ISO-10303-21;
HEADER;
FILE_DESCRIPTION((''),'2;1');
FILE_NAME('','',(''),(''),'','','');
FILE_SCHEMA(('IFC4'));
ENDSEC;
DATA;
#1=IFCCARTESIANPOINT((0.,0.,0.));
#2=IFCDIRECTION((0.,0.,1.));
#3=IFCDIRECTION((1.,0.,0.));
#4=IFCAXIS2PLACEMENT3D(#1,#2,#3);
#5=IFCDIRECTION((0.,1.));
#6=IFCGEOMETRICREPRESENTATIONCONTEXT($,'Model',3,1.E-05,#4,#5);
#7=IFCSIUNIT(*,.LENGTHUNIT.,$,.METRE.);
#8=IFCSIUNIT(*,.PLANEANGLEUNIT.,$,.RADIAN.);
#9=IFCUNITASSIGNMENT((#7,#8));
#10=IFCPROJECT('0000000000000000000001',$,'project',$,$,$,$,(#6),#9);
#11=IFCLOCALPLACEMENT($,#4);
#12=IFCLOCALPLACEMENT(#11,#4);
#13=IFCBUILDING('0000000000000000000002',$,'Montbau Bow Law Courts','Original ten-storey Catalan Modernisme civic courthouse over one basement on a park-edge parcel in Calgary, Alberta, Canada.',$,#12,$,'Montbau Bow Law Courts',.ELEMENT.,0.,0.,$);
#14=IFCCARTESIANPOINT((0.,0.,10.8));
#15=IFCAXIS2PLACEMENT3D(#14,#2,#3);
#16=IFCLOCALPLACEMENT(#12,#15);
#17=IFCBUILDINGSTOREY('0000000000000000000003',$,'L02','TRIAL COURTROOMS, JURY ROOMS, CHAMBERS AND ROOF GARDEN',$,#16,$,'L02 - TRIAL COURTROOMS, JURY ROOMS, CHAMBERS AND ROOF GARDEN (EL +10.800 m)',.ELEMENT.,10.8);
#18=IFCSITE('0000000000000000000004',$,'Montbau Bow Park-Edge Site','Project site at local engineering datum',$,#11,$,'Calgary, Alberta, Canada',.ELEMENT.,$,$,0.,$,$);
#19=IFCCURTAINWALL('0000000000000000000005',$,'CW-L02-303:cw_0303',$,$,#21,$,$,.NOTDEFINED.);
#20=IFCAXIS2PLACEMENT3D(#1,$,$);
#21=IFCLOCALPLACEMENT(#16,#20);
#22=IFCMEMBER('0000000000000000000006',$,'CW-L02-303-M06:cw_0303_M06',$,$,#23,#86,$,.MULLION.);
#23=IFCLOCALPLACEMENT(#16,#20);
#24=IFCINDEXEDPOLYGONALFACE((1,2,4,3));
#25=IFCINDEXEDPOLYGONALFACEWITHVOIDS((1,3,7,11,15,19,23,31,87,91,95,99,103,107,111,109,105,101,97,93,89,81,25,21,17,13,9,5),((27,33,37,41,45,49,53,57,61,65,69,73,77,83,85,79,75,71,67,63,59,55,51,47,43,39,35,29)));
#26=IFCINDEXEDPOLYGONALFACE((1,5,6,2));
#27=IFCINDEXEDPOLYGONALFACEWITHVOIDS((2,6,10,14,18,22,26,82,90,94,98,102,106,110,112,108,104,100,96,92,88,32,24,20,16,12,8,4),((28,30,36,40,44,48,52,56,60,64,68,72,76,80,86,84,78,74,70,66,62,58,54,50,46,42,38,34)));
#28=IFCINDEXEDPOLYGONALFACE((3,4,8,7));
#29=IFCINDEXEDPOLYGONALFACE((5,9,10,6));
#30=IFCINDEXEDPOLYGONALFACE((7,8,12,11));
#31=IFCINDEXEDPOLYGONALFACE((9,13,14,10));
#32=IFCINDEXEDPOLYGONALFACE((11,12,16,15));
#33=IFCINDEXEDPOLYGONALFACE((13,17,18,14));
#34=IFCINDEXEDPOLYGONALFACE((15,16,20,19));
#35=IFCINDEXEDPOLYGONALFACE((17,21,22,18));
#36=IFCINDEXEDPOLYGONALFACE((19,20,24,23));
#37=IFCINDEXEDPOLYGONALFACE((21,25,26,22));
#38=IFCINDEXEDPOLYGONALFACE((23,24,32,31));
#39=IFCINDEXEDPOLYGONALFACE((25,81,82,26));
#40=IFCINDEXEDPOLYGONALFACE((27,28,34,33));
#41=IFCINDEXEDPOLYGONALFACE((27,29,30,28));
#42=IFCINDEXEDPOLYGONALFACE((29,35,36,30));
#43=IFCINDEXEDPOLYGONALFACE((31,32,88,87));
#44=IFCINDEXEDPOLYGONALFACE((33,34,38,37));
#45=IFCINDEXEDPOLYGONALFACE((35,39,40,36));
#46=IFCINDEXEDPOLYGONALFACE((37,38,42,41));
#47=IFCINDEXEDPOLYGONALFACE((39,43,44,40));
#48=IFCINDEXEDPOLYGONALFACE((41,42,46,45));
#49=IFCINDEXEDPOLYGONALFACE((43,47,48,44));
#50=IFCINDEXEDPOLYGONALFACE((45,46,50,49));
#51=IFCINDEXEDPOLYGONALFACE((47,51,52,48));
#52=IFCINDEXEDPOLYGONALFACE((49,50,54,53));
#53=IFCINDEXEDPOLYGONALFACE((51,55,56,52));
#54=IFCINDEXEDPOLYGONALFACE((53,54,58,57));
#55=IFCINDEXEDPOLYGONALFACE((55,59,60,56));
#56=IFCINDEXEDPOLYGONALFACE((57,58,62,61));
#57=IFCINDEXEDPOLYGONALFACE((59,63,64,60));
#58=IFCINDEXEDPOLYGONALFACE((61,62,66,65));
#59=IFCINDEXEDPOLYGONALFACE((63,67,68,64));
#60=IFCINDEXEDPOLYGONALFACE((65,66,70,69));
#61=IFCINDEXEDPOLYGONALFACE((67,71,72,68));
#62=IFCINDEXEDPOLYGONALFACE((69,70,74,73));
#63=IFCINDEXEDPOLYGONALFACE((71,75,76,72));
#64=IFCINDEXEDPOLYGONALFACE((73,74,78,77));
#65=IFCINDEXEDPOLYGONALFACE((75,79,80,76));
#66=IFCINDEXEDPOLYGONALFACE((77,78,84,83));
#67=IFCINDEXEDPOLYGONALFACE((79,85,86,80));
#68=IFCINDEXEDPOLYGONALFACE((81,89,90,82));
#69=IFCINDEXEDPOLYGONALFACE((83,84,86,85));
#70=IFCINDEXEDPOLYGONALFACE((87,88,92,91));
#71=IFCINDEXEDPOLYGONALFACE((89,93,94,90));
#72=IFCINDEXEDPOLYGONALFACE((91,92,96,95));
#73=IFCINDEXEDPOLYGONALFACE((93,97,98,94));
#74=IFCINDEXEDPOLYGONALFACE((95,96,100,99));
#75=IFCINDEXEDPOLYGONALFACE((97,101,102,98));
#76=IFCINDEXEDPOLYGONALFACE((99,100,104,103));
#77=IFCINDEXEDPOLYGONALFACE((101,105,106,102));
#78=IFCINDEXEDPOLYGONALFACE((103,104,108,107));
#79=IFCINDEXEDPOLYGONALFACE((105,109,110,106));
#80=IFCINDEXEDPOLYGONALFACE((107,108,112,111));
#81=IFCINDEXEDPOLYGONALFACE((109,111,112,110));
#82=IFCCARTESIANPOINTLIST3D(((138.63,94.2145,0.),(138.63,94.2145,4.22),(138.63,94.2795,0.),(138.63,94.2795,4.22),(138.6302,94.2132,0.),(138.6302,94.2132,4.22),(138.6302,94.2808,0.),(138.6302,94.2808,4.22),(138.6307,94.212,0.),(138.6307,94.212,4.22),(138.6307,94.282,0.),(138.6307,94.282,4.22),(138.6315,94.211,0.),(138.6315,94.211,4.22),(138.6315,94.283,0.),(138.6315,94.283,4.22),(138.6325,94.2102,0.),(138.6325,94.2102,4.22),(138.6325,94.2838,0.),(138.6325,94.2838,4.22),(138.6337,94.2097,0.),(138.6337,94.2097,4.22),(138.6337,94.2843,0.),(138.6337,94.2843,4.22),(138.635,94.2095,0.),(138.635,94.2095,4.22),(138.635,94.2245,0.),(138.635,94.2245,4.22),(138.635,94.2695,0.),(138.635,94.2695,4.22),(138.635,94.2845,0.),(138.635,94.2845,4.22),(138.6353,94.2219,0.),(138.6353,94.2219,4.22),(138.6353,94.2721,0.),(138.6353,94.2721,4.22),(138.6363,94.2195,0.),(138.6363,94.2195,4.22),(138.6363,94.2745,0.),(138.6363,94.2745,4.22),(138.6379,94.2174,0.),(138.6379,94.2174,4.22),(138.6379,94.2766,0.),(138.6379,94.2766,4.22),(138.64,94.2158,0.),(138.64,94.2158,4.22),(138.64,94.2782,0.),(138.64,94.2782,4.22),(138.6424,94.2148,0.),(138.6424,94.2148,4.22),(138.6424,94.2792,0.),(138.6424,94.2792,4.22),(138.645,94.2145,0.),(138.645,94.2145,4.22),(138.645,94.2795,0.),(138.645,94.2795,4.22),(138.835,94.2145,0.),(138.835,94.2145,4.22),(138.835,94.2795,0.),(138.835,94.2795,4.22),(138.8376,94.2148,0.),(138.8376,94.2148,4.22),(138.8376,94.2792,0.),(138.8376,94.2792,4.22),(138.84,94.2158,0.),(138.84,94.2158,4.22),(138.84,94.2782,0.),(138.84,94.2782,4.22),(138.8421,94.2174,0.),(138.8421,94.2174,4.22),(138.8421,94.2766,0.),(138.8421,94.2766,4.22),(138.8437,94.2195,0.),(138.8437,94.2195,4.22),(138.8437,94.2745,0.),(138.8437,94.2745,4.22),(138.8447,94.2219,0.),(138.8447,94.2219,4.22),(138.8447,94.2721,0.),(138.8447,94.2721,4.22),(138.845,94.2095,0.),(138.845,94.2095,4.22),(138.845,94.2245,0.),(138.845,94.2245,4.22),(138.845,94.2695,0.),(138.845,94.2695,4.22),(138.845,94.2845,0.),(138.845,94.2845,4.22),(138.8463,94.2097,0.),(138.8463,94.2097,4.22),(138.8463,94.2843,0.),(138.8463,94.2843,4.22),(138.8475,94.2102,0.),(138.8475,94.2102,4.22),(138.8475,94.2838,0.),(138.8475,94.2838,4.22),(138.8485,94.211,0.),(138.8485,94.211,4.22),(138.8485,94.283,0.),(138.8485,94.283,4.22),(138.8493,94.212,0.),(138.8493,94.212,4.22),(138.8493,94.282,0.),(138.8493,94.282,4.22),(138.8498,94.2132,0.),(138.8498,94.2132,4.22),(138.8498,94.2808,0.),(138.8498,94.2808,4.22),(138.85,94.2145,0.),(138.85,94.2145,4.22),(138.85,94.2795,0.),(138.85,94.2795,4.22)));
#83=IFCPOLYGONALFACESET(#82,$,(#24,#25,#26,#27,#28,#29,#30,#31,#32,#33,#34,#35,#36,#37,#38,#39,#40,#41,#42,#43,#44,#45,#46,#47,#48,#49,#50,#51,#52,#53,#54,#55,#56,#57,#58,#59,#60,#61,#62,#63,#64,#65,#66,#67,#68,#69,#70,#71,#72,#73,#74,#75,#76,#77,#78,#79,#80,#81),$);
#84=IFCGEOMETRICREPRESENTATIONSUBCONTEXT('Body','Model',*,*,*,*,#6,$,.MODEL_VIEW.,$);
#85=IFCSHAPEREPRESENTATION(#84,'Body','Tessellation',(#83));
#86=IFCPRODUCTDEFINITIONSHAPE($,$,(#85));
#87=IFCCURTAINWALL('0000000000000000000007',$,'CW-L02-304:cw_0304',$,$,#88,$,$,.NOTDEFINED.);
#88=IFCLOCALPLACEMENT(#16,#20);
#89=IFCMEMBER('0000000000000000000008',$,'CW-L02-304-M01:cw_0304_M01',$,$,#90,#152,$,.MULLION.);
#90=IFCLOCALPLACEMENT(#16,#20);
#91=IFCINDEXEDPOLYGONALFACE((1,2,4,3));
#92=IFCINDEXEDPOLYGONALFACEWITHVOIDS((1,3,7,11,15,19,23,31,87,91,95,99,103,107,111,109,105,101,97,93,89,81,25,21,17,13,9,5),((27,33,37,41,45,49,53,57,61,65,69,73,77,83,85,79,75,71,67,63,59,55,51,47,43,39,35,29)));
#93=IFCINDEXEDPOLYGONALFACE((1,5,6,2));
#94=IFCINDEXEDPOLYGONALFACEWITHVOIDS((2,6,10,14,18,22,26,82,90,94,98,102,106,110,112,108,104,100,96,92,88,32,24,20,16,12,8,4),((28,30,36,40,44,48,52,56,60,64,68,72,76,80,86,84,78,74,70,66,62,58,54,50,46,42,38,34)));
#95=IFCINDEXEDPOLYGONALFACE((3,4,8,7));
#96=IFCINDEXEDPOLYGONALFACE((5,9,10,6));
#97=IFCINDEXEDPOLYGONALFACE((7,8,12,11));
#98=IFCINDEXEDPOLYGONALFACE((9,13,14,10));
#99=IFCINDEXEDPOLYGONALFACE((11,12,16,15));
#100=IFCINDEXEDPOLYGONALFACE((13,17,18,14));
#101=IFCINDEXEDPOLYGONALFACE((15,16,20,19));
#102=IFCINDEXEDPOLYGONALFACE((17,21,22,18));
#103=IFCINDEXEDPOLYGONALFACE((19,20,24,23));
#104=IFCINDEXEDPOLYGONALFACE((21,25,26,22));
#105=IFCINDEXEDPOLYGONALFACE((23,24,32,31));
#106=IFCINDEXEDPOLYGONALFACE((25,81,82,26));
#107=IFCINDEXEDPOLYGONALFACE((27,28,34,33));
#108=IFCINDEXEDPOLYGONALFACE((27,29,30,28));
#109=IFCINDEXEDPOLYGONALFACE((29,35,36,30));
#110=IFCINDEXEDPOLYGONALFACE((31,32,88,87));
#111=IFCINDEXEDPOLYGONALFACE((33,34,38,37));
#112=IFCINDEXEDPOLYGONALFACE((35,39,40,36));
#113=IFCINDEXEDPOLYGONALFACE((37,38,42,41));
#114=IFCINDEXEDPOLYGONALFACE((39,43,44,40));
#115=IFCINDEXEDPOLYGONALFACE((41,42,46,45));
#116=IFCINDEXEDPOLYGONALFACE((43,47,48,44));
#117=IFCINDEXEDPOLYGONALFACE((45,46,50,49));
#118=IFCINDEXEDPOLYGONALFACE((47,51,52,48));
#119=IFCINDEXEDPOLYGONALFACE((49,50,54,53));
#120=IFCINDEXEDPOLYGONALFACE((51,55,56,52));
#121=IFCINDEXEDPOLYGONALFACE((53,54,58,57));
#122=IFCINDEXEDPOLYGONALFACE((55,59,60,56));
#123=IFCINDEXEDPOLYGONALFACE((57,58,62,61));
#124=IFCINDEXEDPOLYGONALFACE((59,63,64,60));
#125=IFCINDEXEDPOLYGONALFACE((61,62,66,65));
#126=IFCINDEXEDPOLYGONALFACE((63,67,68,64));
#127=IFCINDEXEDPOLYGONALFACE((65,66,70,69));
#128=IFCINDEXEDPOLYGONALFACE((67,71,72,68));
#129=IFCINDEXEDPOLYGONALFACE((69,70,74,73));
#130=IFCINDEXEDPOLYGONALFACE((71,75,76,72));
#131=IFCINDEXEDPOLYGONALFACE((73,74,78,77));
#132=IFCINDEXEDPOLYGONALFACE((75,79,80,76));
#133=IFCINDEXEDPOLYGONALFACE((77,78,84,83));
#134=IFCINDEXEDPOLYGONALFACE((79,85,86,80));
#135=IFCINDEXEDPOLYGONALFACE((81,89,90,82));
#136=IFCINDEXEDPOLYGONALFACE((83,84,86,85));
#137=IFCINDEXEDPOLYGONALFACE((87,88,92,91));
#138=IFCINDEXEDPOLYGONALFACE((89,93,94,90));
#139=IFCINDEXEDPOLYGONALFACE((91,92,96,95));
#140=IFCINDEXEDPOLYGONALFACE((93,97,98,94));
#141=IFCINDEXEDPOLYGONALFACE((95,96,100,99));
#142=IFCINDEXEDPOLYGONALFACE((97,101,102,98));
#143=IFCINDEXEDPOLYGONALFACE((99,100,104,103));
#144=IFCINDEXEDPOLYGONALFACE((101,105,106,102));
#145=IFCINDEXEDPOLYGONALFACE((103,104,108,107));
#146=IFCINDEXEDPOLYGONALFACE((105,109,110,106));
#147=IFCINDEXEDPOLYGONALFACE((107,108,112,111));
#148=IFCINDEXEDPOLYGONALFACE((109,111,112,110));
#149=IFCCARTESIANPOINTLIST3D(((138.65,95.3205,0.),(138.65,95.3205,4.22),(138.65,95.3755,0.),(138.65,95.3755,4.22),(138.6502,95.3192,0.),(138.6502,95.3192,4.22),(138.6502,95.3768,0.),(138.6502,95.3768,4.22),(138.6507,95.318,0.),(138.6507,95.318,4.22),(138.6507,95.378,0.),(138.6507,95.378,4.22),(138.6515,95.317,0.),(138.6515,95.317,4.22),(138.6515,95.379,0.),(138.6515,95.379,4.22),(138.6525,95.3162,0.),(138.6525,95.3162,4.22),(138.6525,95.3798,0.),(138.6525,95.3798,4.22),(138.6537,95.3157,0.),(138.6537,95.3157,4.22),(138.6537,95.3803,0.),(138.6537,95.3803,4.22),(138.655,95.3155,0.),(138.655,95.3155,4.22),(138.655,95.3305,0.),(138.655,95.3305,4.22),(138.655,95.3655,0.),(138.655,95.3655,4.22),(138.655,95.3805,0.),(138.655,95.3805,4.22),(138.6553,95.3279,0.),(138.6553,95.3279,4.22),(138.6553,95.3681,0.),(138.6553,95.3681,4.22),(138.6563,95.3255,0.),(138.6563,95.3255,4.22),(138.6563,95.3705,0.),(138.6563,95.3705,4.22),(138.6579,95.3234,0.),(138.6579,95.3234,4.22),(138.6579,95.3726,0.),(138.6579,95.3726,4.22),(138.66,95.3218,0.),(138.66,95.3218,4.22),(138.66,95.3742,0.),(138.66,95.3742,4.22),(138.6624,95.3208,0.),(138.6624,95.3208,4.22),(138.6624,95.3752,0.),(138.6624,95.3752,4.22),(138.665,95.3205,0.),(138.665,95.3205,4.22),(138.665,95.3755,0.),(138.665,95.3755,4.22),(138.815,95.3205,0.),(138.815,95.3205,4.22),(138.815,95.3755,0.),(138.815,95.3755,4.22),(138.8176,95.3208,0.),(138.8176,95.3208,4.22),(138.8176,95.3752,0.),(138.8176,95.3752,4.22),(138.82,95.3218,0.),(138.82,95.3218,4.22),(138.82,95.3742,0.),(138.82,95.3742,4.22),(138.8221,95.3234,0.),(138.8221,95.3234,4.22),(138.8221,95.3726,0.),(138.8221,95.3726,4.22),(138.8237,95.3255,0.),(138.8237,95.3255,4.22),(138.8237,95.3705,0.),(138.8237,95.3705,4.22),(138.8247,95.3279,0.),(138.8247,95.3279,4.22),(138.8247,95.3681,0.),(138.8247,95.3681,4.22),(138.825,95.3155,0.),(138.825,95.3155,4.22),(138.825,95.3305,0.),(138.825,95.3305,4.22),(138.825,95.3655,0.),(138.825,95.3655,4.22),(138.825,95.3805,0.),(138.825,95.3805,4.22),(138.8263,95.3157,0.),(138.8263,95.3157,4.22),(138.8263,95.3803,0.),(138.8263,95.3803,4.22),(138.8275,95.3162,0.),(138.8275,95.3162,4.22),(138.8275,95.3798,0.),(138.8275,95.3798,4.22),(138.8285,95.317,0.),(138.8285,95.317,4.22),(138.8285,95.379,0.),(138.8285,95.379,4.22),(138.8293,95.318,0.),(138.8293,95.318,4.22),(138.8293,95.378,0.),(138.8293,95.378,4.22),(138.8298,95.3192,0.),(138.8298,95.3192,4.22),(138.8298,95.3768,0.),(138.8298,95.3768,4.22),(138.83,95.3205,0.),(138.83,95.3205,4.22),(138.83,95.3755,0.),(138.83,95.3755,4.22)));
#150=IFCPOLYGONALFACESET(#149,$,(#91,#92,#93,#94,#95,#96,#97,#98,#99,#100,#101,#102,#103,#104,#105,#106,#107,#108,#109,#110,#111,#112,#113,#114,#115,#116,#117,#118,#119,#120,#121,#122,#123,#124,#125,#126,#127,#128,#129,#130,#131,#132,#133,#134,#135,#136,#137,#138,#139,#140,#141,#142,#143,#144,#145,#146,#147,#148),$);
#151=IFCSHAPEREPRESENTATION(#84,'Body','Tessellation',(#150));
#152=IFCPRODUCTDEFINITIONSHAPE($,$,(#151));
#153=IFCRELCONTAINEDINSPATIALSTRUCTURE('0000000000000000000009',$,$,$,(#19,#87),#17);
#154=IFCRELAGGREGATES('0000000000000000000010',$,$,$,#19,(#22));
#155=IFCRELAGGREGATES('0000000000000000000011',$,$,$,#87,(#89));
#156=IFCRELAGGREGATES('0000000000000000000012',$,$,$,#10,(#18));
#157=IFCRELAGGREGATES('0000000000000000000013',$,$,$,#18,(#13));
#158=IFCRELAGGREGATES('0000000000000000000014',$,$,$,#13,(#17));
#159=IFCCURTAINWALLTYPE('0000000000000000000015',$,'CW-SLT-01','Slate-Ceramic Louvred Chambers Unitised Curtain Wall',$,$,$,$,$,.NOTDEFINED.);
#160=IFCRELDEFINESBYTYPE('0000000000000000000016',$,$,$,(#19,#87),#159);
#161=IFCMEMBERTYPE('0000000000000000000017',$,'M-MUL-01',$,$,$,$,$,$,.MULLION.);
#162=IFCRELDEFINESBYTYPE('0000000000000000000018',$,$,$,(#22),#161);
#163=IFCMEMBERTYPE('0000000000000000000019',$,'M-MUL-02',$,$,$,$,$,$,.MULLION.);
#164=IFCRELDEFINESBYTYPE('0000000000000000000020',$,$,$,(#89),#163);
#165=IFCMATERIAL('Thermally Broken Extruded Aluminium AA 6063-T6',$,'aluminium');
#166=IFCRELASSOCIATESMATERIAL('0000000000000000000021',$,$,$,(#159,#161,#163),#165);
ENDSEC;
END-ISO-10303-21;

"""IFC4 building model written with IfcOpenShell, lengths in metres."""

from ifc_helpers import new_model, si_unit, direction, frame, origin_with_axes, origin_2d_with_axis, place, context, subcontext, project, spatial, hollow_rectangle, extrude, material, material_profile, profile_set, type_object, element, aggregate, save


model = new_model("IFC4")

# Units and contexts
model_context = context("Model", 3, precision=1e-05, world=origin_with_axes(), true_north=direction((0.0, 1.0)))
body_context = subcontext(model_context, "Body", "Model", "MODEL_VIEW")
ifc_project = project(units=[si_unit("LENGTHUNIT", "METRE"), si_unit("PLANEANGLEUNIT", "RADIAN")], contexts=[model_context])

# Site, building, storey
site_placement = place(None, origin_with_axes())
site = spatial("IfcSite", under=ifc_project, at=site_placement, Name="Montbau Bow Park-Edge Site", Description="Project site at local engineering datum", LongName="Calgary, Alberta, Canada", CompositionType="ELEMENT", RefElevation=0.0)
building_placement = place(site_placement, origin_with_axes())
building = spatial("IfcBuilding", under=site, at=building_placement, Name="Montbau Bow Law Courts", Description="Original ten-storey Catalan Modernisme civic courthouse over one basement on a park-edge parcel in Calgary, Alberta, Canada.", LongName="Montbau Bow Law Courts", CompositionType="ELEMENT", ElevationOfRefHeight=0.0, ElevationOfTerrain=0.0)
storey_placement = place(building_placement, frame((0.0, 0.0, 10.8), z_axis=(0.0, 0.0, 1.0), x_axis=(1.0, 0.0, 0.0)))
storey = spatial("IfcBuildingStorey", under=building, at=storey_placement, Name="L02", Description="TRIAL COURTROOMS, JURY ROOMS, CHAMBERS AND ROOF GARDEN", LongName="L02 - TRIAL COURTROOMS, JURY ROOMS, CHAMBERS AND ROOF GARDEN (EL +10.800 m)", CompositionType="ELEMENT", Elevation=10.8)

# Curtain walls, members
ifc_material_1 = material(Name="Thermally Broken Extruded Aluminium AA 6063-T6", Category="aluminium")
curtain_wall_type = type_object("IfcCurtainWallType", Name="CW-SLT-01", Description="Slate-Ceramic Louvred Chambers Unitised Curtain Wall", PredefinedType="NOTDEFINED", material=ifc_material_1)
curtain_wall_1_placement = place(None, frame((138.74, 86.915, 10.8), z_axis=(0.0, 0.0, 1.0), x_axis=(1.0, 0.0, 0.0)))
curtain_wall_1 = element("IfcCurtainWall", 1, at=curtain_wall_1_placement, inside=storey, type_object=curtain_wall_type, Name="CW-L02-303:cw_0303", PredefinedType="NOTDEFINED")
ifc_material_profile_1 = material_profile(ifc_material_1, hollow_rectangle(XDim=0.075, YDim=0.22, WallThickness=0.005, InnerFilletRadius=0.01, OuterFilletRadius=0.005, at=origin_2d_with_axis()), Name="CWM-220X75", Category="Main", Priority=0)
ifc_profile_set_1 = profile_set([ifc_material_profile_1], Name="Thermally Broken Extruded Aluminium AA 6063-T6")
member_type_1 = type_object("IfcMemberType", Name="M-MUL-01", PredefinedType="MULLION", material=ifc_profile_set_1)
member_1_placement = place(None, frame((138.74, 94.247, 10.8), z_axis=(0.0, 0.0, 1.0), x_axis=(0.0, 1.0, 0.0)))
member_1 = element("IfcMember", 2, at=member_1_placement, type_object=member_type_1, Name="CW-L02-303-M06:cw_0303_M06", PredefinedType="MULLION", context=body_context, shape_type="SweptSolid", body=[
    extrude(hollow_rectangle(XDim=0.075, YDim=0.22, WallThickness=0.005, InnerFilletRadius=0.01, OuterFilletRadius=0.005, at=origin_2d_with_axis()), origin_with_axes(), (0.0, 0.0, 1.0), 4.22),
])
curtain_wall_2_placement = place(None, frame((138.74, 95.315, 10.8), z_axis=(0.0, 0.0, 1.0), x_axis=(1.0, 0.0, 0.0)))
curtain_wall_2 = element("IfcCurtainWall", 3, at=curtain_wall_2_placement, inside=storey, type_object=curtain_wall_type, Name="CW-L02-304:cw_0304", PredefinedType="NOTDEFINED")
ifc_material_profile_2 = material_profile(ifc_material_1, hollow_rectangle(XDim=0.065, YDim=0.18, WallThickness=0.005, InnerFilletRadius=0.01, OuterFilletRadius=0.005, at=origin_2d_with_axis()), Name="CWM-180X65", Category="Main", Priority=0)
ifc_profile_set_2 = profile_set([ifc_material_profile_2], Name="Thermally Broken Extruded Aluminium AA 6063-T6")
member_type_2 = type_object("IfcMemberType", Name="M-MUL-02", PredefinedType="MULLION", material=ifc_profile_set_2)
member_2_placement = place(None, frame((138.74, 95.348, 10.8), z_axis=(0.0, 0.0, 1.0), x_axis=(0.0, 1.0, 0.0)))
member_2 = element("IfcMember", 4, at=member_2_placement, type_object=member_type_2, Name="CW-L02-304-M01:cw_0304_M01", PredefinedType="MULLION", context=body_context, shape_type="SweptSolid", body=[
    extrude(hollow_rectangle(XDim=0.065, YDim=0.18, WallThickness=0.005, InnerFilletRadius=0.01, OuterFilletRadius=0.005, at=origin_2d_with_axis()), origin_with_axes(), (0.0, 0.0, 1.0), 4.22),
])

aggregate(curtain_wall_1, [member_1])
aggregate(curtain_wall_2, [member_2])

save(model, "model.ifc")
